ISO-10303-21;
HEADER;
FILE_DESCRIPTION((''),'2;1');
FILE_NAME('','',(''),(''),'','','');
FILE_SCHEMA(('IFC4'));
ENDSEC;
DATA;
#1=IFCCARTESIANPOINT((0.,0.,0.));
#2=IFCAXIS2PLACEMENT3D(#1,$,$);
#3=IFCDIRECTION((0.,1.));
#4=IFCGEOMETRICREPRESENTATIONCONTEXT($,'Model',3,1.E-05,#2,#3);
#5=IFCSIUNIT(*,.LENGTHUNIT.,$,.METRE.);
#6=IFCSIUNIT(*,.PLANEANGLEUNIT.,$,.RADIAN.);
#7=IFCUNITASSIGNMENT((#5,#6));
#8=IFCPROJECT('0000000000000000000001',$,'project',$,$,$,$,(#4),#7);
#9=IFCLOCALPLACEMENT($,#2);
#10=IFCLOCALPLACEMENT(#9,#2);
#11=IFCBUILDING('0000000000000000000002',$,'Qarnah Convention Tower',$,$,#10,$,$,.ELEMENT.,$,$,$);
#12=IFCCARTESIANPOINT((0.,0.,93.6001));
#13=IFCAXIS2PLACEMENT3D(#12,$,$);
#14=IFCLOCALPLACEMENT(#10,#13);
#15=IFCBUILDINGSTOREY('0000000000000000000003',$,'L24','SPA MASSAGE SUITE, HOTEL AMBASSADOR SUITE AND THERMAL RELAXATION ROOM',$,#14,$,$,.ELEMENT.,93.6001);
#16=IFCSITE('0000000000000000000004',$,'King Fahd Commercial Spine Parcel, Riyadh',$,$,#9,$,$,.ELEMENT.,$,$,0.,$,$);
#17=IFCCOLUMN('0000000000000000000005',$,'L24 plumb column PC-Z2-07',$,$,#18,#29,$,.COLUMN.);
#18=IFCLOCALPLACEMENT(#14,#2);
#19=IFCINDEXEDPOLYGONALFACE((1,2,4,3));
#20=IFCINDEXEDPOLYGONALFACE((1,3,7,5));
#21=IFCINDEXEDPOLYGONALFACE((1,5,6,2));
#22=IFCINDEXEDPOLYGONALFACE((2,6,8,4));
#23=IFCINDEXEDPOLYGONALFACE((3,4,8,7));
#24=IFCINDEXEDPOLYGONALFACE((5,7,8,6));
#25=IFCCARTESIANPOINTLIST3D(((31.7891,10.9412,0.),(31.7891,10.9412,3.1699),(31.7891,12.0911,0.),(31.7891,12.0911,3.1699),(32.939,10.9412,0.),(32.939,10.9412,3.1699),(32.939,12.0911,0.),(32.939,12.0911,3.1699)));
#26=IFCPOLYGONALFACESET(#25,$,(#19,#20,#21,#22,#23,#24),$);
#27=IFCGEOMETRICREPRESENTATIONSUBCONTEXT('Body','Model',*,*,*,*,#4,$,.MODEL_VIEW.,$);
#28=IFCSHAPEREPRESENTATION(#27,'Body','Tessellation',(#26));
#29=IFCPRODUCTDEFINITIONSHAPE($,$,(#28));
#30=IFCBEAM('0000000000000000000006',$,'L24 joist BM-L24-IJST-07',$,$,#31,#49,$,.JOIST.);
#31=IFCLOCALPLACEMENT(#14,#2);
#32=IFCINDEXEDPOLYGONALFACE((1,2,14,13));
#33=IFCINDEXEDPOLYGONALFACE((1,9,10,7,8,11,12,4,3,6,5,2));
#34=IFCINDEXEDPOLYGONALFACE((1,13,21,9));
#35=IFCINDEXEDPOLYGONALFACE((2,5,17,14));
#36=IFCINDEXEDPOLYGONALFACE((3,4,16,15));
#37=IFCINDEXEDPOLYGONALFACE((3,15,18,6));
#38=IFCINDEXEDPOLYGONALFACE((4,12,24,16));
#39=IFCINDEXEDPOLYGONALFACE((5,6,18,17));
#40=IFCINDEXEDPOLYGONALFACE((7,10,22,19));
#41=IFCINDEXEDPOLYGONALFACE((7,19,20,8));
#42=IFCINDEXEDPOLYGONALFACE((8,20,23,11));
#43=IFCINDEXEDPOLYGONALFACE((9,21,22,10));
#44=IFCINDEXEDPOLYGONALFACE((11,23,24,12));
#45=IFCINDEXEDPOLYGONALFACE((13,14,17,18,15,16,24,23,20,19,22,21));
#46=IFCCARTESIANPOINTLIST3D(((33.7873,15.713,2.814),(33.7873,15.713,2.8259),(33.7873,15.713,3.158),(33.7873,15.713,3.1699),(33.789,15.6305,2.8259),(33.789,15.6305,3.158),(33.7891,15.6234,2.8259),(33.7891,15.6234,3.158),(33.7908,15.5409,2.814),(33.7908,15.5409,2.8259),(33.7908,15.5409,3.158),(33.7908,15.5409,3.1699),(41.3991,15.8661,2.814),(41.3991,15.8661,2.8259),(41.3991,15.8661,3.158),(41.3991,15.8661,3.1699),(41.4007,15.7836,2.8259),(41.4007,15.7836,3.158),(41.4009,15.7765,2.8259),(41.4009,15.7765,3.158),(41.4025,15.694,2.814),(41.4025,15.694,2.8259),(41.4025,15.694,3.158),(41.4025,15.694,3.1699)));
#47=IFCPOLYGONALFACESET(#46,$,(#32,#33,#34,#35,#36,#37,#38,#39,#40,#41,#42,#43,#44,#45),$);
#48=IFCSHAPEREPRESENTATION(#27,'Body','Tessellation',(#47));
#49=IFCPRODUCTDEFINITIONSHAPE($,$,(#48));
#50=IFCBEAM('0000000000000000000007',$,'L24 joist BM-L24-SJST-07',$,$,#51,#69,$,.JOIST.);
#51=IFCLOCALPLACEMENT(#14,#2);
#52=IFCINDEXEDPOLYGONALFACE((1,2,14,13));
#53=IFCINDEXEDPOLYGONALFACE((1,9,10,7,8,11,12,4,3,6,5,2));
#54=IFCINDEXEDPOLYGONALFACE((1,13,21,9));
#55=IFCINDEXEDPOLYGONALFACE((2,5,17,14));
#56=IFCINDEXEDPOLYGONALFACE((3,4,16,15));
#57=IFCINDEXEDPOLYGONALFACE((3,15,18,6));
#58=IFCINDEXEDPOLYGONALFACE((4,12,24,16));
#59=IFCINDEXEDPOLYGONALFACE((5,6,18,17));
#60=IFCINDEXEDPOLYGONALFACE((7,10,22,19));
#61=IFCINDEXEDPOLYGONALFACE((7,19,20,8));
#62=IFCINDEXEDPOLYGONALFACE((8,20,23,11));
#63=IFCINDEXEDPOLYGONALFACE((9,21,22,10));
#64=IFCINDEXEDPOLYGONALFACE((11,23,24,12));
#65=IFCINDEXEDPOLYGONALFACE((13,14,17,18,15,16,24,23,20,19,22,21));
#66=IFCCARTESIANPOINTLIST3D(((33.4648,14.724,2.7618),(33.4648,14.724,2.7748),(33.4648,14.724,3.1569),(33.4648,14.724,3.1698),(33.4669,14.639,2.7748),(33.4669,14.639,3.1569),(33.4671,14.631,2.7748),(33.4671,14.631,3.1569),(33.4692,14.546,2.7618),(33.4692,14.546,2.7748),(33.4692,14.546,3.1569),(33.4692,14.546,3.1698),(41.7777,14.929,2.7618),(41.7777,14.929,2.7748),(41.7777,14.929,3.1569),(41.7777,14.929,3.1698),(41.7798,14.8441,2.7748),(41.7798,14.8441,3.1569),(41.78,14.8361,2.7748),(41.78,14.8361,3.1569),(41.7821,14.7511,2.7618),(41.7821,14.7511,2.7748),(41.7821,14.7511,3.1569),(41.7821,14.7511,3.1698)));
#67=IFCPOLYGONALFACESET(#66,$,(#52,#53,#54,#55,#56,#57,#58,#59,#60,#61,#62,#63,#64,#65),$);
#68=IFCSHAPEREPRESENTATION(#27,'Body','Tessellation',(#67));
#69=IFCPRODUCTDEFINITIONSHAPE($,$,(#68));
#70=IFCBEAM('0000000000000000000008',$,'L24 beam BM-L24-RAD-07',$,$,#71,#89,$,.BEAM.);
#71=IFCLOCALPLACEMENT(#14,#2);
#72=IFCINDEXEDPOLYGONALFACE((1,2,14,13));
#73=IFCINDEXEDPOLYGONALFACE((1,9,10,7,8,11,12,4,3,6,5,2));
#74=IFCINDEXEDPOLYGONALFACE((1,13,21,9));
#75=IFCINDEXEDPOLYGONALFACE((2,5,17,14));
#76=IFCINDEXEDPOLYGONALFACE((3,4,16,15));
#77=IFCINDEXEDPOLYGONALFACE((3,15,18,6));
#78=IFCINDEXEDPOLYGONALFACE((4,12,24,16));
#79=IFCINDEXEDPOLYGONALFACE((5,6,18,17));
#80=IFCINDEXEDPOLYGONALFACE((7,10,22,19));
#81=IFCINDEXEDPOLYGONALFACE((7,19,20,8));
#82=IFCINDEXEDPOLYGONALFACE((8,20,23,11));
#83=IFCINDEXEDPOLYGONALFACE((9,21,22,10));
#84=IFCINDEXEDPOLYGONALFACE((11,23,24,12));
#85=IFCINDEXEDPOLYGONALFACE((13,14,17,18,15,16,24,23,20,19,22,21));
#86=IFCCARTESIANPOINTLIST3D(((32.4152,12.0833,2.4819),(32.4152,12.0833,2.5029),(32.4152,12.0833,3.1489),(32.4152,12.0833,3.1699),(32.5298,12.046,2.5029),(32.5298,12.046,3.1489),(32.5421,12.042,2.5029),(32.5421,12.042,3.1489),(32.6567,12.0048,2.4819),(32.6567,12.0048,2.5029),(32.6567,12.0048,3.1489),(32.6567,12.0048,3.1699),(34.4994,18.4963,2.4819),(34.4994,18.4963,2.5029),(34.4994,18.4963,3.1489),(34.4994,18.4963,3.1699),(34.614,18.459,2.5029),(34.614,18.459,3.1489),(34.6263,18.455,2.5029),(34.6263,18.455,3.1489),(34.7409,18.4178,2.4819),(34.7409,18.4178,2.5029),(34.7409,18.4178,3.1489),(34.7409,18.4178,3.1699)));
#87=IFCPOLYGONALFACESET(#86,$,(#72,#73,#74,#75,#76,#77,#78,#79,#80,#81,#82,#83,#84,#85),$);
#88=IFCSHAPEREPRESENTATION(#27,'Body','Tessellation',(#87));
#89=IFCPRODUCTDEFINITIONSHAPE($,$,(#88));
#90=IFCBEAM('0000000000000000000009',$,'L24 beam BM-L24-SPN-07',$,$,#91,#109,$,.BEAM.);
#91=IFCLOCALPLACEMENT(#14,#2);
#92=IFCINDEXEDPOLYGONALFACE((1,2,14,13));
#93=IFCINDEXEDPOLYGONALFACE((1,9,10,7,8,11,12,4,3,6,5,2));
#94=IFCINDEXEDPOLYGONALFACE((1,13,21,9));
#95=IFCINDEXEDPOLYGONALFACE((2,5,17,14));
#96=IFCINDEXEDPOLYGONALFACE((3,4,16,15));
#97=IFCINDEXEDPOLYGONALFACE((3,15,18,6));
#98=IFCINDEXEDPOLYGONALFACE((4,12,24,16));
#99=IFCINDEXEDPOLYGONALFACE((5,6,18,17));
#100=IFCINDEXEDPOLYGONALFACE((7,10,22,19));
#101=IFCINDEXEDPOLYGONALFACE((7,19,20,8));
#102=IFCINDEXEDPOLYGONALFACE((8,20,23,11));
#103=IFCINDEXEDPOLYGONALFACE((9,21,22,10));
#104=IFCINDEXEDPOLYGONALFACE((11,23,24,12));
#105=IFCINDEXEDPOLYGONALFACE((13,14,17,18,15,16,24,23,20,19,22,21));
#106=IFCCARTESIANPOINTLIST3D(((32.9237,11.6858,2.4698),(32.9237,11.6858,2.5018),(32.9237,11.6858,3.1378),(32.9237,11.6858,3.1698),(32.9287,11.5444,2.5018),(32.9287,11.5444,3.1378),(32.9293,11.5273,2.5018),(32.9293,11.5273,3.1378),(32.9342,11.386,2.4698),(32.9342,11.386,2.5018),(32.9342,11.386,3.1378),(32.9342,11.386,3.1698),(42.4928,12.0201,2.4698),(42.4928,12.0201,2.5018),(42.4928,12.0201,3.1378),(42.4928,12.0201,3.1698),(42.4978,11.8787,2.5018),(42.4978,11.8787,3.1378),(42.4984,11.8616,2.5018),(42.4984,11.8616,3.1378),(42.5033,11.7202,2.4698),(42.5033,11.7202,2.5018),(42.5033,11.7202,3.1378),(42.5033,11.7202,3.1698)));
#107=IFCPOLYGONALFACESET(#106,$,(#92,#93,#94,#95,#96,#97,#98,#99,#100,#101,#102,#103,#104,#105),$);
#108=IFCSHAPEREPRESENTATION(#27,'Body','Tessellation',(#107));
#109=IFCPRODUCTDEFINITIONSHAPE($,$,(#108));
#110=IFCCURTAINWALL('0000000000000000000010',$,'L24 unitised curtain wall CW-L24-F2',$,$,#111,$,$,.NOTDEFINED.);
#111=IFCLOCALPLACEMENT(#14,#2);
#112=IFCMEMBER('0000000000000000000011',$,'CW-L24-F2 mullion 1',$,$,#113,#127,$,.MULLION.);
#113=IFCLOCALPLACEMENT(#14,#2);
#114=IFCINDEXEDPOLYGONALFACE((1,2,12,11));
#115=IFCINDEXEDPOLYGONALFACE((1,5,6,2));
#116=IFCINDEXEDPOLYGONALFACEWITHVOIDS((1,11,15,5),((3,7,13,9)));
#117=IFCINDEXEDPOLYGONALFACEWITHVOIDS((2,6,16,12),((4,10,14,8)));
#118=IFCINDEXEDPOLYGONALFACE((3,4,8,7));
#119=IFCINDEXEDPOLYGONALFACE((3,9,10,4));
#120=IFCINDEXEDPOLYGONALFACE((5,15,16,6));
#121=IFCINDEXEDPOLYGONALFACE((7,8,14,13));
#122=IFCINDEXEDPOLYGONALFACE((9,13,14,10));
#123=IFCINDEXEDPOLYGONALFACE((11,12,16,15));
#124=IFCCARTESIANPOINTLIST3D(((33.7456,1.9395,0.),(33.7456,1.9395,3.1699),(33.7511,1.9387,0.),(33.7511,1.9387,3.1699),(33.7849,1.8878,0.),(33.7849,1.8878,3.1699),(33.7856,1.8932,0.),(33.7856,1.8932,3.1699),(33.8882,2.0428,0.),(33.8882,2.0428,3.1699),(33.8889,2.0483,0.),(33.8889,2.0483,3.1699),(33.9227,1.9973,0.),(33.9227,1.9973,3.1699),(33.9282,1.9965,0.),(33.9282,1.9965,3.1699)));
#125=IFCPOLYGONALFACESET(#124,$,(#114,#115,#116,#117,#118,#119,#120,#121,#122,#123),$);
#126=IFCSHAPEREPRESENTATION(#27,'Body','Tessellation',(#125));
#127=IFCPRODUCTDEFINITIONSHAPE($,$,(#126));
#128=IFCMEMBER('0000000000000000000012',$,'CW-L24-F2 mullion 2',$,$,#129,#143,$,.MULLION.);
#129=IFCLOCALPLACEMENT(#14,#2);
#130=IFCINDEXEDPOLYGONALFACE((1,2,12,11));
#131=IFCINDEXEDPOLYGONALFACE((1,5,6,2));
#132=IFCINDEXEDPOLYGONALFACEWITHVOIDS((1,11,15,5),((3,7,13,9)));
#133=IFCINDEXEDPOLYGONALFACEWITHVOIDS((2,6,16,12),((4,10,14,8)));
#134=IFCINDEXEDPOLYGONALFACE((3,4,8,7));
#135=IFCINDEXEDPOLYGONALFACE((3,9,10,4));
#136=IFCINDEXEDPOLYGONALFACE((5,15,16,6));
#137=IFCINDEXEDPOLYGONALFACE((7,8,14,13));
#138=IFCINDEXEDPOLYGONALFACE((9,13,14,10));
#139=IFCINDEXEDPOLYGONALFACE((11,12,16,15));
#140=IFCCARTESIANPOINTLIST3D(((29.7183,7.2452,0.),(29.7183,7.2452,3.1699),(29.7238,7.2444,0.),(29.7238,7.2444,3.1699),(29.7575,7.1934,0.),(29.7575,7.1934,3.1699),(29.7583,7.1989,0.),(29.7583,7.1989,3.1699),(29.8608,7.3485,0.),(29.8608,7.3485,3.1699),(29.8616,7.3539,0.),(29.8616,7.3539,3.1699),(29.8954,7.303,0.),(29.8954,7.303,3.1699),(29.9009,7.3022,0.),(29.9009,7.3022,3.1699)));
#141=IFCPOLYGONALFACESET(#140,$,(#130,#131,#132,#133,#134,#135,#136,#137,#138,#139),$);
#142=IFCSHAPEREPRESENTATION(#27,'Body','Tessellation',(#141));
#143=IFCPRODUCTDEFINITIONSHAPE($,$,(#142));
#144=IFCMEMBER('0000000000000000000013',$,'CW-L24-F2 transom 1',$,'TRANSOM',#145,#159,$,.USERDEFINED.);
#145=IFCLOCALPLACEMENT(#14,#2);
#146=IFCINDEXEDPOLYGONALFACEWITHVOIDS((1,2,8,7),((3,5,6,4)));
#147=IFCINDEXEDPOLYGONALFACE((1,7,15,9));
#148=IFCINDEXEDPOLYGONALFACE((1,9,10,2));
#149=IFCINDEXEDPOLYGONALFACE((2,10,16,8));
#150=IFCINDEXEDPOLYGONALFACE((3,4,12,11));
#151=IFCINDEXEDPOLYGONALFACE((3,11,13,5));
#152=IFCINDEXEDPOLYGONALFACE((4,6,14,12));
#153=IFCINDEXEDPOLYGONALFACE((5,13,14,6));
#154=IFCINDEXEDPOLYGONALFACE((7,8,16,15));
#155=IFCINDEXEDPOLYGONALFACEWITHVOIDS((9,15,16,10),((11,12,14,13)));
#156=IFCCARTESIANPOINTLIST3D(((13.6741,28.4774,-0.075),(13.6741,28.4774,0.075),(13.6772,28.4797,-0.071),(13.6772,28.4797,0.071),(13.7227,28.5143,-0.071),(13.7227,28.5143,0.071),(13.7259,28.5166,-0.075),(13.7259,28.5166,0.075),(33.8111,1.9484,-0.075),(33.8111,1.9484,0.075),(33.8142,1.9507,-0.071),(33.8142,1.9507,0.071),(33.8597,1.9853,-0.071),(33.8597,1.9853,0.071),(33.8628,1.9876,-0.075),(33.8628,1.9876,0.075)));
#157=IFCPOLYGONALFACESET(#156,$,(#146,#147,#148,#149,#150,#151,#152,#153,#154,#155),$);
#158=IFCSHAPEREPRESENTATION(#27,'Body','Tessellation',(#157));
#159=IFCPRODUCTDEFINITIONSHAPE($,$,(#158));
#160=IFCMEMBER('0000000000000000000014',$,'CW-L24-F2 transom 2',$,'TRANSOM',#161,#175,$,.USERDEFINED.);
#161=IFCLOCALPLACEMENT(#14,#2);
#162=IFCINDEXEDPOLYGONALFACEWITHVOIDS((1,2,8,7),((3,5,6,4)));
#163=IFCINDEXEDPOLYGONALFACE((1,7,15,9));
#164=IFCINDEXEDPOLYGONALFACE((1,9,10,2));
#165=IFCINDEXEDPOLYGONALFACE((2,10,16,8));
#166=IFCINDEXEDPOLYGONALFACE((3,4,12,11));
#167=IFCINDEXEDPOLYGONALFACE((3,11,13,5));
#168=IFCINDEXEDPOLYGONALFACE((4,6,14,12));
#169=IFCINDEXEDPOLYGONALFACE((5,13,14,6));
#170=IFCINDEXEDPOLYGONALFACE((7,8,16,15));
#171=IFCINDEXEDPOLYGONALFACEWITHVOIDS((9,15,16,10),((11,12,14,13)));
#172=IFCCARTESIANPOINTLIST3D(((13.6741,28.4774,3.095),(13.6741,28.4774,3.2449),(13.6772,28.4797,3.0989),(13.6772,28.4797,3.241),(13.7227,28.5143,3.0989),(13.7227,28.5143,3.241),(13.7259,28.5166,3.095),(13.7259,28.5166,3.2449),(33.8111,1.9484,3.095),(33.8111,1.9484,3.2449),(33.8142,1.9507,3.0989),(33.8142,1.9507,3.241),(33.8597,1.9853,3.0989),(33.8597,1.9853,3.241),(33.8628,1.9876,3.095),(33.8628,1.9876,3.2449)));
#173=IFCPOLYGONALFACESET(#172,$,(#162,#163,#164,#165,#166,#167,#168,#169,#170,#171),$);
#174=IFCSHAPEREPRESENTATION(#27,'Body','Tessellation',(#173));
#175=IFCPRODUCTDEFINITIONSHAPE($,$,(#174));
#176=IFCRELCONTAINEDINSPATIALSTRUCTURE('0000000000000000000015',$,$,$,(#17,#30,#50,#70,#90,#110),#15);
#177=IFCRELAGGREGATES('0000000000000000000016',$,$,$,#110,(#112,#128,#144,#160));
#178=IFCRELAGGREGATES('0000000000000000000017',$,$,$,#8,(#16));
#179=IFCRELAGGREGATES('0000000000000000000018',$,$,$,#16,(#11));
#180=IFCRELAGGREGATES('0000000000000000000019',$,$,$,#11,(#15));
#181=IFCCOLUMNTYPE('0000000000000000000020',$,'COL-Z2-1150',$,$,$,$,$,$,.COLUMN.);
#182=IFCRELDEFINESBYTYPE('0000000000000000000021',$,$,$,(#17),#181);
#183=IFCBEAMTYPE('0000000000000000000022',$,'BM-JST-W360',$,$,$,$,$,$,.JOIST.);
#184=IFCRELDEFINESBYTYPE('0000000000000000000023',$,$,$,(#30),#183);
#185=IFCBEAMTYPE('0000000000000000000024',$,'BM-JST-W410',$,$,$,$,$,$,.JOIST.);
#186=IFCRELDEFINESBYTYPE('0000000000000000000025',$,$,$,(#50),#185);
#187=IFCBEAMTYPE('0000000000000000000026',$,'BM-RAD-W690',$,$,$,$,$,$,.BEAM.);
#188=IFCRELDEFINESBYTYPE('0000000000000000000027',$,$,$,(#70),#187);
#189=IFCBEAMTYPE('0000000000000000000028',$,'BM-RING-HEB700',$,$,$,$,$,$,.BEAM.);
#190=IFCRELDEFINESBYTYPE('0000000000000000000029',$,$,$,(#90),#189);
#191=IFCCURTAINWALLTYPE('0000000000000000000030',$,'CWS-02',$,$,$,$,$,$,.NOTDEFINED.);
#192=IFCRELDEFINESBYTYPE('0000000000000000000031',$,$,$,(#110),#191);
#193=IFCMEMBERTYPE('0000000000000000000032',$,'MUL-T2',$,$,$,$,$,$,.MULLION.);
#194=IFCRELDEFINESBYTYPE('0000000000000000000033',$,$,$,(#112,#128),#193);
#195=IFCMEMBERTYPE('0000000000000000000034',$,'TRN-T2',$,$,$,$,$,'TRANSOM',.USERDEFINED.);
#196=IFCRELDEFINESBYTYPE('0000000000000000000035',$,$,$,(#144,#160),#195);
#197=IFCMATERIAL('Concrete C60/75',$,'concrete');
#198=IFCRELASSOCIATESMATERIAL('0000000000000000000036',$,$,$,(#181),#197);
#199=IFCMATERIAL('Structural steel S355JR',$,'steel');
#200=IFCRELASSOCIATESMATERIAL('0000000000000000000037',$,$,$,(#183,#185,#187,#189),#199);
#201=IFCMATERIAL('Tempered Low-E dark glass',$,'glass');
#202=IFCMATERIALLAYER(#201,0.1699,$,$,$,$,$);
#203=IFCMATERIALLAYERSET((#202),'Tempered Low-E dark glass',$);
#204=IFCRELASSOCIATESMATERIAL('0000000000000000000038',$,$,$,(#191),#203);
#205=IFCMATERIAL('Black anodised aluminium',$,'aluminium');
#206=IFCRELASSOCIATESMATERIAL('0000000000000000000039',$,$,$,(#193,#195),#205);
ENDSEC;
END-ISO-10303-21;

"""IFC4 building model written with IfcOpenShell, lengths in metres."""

from ifc_helpers import new_model, si_unit, direction, frame, origin, origin_2d, place, context, subcontext, project, spatial, rectangle, hollow_rectangle, i_section, extrude, material, layer, layer_set, material_profile, profile_set, type_object, element, aggregate, save


model = new_model("IFC4")

# Units and contexts
model_context = context("Model", 3, precision=1e-05, world=origin(), true_north=direction((0.0, 1.0)))
body_context = subcontext(model_context, "Body", "Model", "MODEL_VIEW")
ifc_project = project(units=[si_unit("LENGTHUNIT", "METRE"), si_unit("PLANEANGLEUNIT", "RADIAN")], contexts=[model_context])

# Site, building, storey
site_placement = place(None, origin())
site = spatial("IfcSite", under=ifc_project, at=site_placement, Name="King Fahd Commercial Spine Parcel, Riyadh", CompositionType="ELEMENT", RefElevation=0.0)
building_placement = place(site_placement, origin())
building = spatial("IfcBuilding", under=site, at=building_placement, Name="Qarnah Convention Tower", CompositionType="ELEMENT")
storey_placement = place(building_placement, frame((0.0, 0.0, 93.6001)))
storey = spatial("IfcBuildingStorey", under=building, at=storey_placement, Name="L24", Description="SPA MASSAGE SUITE, HOTEL AMBASSADOR SUITE AND THERMAL RELAXATION ROOM", CompositionType="ELEMENT", Elevation=93.6001)

# Column
ifc_material_1 = material(Name="Concrete C60/75", Category="concrete")
ifc_material_profile_1 = material_profile(ifc_material_1, rectangle(XDim=1.1499, YDim=1.1499, at=origin_2d()), Name="RC-COL-1150X1150")
ifc_profile_set_1 = profile_set([ifc_material_profile_1], Name="Concrete C60/75")
column_type = type_object("IfcColumnType", Name="COL-Z2-1150", PredefinedType="COLUMN", material=ifc_profile_set_1)
column_placement = place(storey_placement, frame((32.364, 11.5161, 0.0), z_axis=(0.0, 0.0, 1.0), x_axis=(1.0, 0.0, 0.0)))
element("IfcColumn", 1, at=column_placement, inside=storey, type_object=column_type, Name="L24 plumb column PC-Z2-07", PredefinedType="COLUMN", context=body_context, shape_type="SweptSolid", body=[
    extrude(rectangle(XDim=1.1499, YDim=1.1499, at=origin_2d()), origin(), (0.0, 0.0, 1.0), 3.1699),
])

# Beams
ifc_material_2 = material(Name="Structural steel S355JR", Category="steel")
ifc_material_profile_2 = material_profile(ifc_material_2, i_section(OverallWidth=0.1721, OverallDepth=0.356, WebThickness=0.0071, FlangeThickness=0.012, at=origin_2d()), Name="W360X51")
ifc_profile_set_2 = profile_set([ifc_material_profile_2], Name="Structural steel S355JR")
beam_type_1 = type_object("IfcBeamType", Name="BM-JST-W360", PredefinedType="JOIST", material=ifc_profile_set_2)
beam_1_placement = place(storey_placement, frame((33.7891, 15.627, 2.9919), z_axis=(0.999798, 0.020106, 0.0), x_axis=(-0.020106, 0.999798, 0.0)))
element("IfcBeam", 2, at=beam_1_placement, inside=storey, type_object=beam_type_1, Name="L24 joist BM-L24-IJST-07", PredefinedType="JOIST", context=body_context, shape_type="SweptSolid", body=[
    extrude(i_section(OverallWidth=0.1721, OverallDepth=0.356, WebThickness=0.0071, FlangeThickness=0.012, at=origin_2d()), origin(), (0.0, 0.0, 1.0), 7.6133),
])
ifc_material_profile_3 = material_profile(ifc_material_2, i_section(OverallWidth=0.178, OverallDepth=0.408, WebThickness=0.0081, FlangeThickness=0.0129, at=origin_2d()), Name="W410X60")
ifc_profile_set_3 = profile_set([ifc_material_profile_3], Name="Structural steel S355JR")
beam_type_2 = type_object("IfcBeamType", Name="BM-JST-W410", PredefinedType="JOIST", material=ifc_profile_set_3)
beam_2_placement = place(storey_placement, frame((33.467, 14.635, 2.9658), z_axis=(0.999696, 0.024662, 0.0), x_axis=(-0.024662, 0.999696, 0.0)))
element("IfcBeam", 3, at=beam_2_placement, inside=storey, type_object=beam_type_2, Name="L24 joist BM-L24-SJST-07", PredefinedType="JOIST", context=body_context, shape_type="SweptSolid", body=[
    extrude(i_section(OverallWidth=0.178, OverallDepth=0.408, WebThickness=0.0081, FlangeThickness=0.0129, at=origin_2d()), origin(), (0.0, 0.0, 1.0), 8.3154),
])
ifc_material_profile_4 = material_profile(ifc_material_2, i_section(OverallWidth=0.2539, OverallDepth=0.688, WebThickness=0.0129, FlangeThickness=0.021, at=origin_2d()), Name="W690X152")
ifc_profile_set_4 = profile_set([ifc_material_profile_4], Name="Structural steel S355JR")
beam_type_3 = type_object("IfcBeamType", Name="BM-RAD-W690", PredefinedType="BEAM", material=ifc_profile_set_4)
beam_3_placement = place(storey_placement, frame((34.6201, 18.457, 2.8259), z_axis=(-0.309083, -0.951035, 0.0), x_axis=(0.951035, -0.309083, 0.0)))
element("IfcBeam", 4, at=beam_3_placement, inside=storey, type_object=beam_type_3, Name="L24 beam BM-L24-RAD-07", PredefinedType="BEAM", context=body_context, shape_type="SweptSolid", body=[
    extrude(i_section(OverallWidth=0.2539, OverallDepth=0.688, WebThickness=0.0129, FlangeThickness=0.021, at=origin_2d()), origin(), (0.0, 0.0, 1.0), 6.7432),
])
ifc_material_profile_5 = material_profile(ifc_material_2, i_section(OverallWidth=0.3, OverallDepth=0.7, WebThickness=0.0171, FlangeThickness=0.032, at=origin_2d()), Name="HEB700")
ifc_profile_set_5 = profile_set([ifc_material_profile_5], Name="Structural steel S355JR")
beam_type_4 = type_object("IfcBeamType", Name="BM-RING-HEB700", PredefinedType="BEAM", material=ifc_profile_set_5)
beam_4_placement = place(storey_placement, frame((32.929, 11.5359, 2.8198), z_axis=(0.999391, 0.034907, 0.0), x_axis=(-0.034907, 0.999391, 0.0)))
element("IfcBeam", 5, at=beam_4_placement, inside=storey, type_object=beam_type_4, Name="L24 beam BM-L24-SPN-07", PredefinedType="BEAM", context=body_context, shape_type="SweptSolid", body=[
    extrude(i_section(OverallWidth=0.3, OverallDepth=0.7, WebThickness=0.0171, FlangeThickness=0.032, at=origin_2d()), origin(), (0.0, 0.0, 1.0), 9.575),
])

# Curtain wall, members
ifc_material_3 = material(Name="Tempered Low-E dark glass", Category="glass")
ifc_layer_1 = layer(ifc_material_3, 0.1699)
ifc_layer_set_1 = layer_set([ifc_layer_1], Name="Tempered Low-E dark glass")
curtain_wall_type = type_object("IfcCurtainWallType", Name="CWS-02", PredefinedType="NOTDEFINED", material=ifc_layer_set_1)
curtain_wall_placement = place(storey_placement, origin())
curtain_wall = element("IfcCurtainWall", 6, at=curtain_wall_placement, inside=storey, type_object=curtain_wall_type, Name="L24 unitised curtain wall CW-L24-F2", PredefinedType="NOTDEFINED")
ifc_material_4 = material(Name="Black anodised aluminium", Category="aluminium")
ifc_material_profile_6 = material_profile(ifc_material_4, hollow_rectangle(XDim=0.0649, YDim=0.1799, WallThickness=0.0039, at=origin_2d()), Name="MUL-65X180")
ifc_profile_set_6 = profile_set([ifc_material_profile_6], Name="Black anodised aluminium")
member_type_1 = type_object("IfcMemberType", Name="MUL-T2", PredefinedType="MULLION", material=ifc_profile_set_6)
member_1_placement = place(storey_placement, frame((33.8369, 1.968, 0.0), z_axis=(0.0, 0.0, 1.0), x_axis=(-0.604607, 0.796524, 0.0)))
member_1 = element("IfcMember", 7, at=member_1_placement, type_object=member_type_1, Name="CW-L24-F2 mullion 1", PredefinedType="MULLION", context=body_context, shape_type="SweptSolid", body=[
    extrude(hollow_rectangle(XDim=0.0649, YDim=0.1799, WallThickness=0.0039, at=origin_2d()), origin(), (0.0, 0.0, 1.0), 3.1699),
])
member_2_placement = place(storey_placement, frame((29.8096, 7.2737, 0.0), z_axis=(0.0, 0.0, 1.0), x_axis=(-0.604607, 0.796524, 0.0)))
member_2 = element("IfcMember", 8, at=member_2_placement, type_object=member_type_1, Name="CW-L24-F2 mullion 2", PredefinedType="MULLION", context=body_context, shape_type="SweptSolid", body=[
    extrude(hollow_rectangle(XDim=0.0649, YDim=0.1799, WallThickness=0.0039, at=origin_2d()), origin(), (0.0, 0.0, 1.0), 3.1699),
])
ifc_material_profile_7 = material_profile(ifc_material_4, hollow_rectangle(XDim=0.0649, YDim=0.1499, WallThickness=0.0039, at=origin_2d()), Name="TRN-65X150")
ifc_profile_set_7 = profile_set([ifc_material_profile_7], Name="Black anodised aluminium")
member_type_2 = type_object("IfcMemberType", Name="TRN-T2", ElementType="TRANSOM", PredefinedType="USERDEFINED", material=ifc_profile_set_7)
member_3_placement = place(storey_placement, frame((33.8369, 1.968, 0.0), z_axis=(-0.604605, 0.796525, 0.0), x_axis=(-0.796525, -0.604605, 0.0)))
member_3 = element("IfcMember", 9, at=member_3_placement, type_object=member_type_2, Name="CW-L24-F2 transom 1", ObjectType="TRANSOM", PredefinedType="USERDEFINED", context=body_context, shape_type="SweptSolid", body=[
    extrude(hollow_rectangle(XDim=0.0649, YDim=0.1499, WallThickness=0.0039, at=origin_2d()), origin(), (0.0, 0.0, 1.0), 33.3059),
])
member_4_placement = place(storey_placement, frame((33.8369, 1.968, 3.1699), z_axis=(-0.604605, 0.796525, 0.0), x_axis=(-0.796525, -0.604605, 0.0)))
member_4 = element("IfcMember", 10, at=member_4_placement, type_object=member_type_2, Name="CW-L24-F2 transom 2", ObjectType="TRANSOM", PredefinedType="USERDEFINED", context=body_context, shape_type="SweptSolid", body=[
    extrude(hollow_rectangle(XDim=0.0649, YDim=0.1499, WallThickness=0.0039, at=origin_2d()), origin(), (0.0, 0.0, 1.0), 33.3059),
])
aggregate(curtain_wall, [member_1, member_2, member_3, member_4])

save(model, "model.ifc")
